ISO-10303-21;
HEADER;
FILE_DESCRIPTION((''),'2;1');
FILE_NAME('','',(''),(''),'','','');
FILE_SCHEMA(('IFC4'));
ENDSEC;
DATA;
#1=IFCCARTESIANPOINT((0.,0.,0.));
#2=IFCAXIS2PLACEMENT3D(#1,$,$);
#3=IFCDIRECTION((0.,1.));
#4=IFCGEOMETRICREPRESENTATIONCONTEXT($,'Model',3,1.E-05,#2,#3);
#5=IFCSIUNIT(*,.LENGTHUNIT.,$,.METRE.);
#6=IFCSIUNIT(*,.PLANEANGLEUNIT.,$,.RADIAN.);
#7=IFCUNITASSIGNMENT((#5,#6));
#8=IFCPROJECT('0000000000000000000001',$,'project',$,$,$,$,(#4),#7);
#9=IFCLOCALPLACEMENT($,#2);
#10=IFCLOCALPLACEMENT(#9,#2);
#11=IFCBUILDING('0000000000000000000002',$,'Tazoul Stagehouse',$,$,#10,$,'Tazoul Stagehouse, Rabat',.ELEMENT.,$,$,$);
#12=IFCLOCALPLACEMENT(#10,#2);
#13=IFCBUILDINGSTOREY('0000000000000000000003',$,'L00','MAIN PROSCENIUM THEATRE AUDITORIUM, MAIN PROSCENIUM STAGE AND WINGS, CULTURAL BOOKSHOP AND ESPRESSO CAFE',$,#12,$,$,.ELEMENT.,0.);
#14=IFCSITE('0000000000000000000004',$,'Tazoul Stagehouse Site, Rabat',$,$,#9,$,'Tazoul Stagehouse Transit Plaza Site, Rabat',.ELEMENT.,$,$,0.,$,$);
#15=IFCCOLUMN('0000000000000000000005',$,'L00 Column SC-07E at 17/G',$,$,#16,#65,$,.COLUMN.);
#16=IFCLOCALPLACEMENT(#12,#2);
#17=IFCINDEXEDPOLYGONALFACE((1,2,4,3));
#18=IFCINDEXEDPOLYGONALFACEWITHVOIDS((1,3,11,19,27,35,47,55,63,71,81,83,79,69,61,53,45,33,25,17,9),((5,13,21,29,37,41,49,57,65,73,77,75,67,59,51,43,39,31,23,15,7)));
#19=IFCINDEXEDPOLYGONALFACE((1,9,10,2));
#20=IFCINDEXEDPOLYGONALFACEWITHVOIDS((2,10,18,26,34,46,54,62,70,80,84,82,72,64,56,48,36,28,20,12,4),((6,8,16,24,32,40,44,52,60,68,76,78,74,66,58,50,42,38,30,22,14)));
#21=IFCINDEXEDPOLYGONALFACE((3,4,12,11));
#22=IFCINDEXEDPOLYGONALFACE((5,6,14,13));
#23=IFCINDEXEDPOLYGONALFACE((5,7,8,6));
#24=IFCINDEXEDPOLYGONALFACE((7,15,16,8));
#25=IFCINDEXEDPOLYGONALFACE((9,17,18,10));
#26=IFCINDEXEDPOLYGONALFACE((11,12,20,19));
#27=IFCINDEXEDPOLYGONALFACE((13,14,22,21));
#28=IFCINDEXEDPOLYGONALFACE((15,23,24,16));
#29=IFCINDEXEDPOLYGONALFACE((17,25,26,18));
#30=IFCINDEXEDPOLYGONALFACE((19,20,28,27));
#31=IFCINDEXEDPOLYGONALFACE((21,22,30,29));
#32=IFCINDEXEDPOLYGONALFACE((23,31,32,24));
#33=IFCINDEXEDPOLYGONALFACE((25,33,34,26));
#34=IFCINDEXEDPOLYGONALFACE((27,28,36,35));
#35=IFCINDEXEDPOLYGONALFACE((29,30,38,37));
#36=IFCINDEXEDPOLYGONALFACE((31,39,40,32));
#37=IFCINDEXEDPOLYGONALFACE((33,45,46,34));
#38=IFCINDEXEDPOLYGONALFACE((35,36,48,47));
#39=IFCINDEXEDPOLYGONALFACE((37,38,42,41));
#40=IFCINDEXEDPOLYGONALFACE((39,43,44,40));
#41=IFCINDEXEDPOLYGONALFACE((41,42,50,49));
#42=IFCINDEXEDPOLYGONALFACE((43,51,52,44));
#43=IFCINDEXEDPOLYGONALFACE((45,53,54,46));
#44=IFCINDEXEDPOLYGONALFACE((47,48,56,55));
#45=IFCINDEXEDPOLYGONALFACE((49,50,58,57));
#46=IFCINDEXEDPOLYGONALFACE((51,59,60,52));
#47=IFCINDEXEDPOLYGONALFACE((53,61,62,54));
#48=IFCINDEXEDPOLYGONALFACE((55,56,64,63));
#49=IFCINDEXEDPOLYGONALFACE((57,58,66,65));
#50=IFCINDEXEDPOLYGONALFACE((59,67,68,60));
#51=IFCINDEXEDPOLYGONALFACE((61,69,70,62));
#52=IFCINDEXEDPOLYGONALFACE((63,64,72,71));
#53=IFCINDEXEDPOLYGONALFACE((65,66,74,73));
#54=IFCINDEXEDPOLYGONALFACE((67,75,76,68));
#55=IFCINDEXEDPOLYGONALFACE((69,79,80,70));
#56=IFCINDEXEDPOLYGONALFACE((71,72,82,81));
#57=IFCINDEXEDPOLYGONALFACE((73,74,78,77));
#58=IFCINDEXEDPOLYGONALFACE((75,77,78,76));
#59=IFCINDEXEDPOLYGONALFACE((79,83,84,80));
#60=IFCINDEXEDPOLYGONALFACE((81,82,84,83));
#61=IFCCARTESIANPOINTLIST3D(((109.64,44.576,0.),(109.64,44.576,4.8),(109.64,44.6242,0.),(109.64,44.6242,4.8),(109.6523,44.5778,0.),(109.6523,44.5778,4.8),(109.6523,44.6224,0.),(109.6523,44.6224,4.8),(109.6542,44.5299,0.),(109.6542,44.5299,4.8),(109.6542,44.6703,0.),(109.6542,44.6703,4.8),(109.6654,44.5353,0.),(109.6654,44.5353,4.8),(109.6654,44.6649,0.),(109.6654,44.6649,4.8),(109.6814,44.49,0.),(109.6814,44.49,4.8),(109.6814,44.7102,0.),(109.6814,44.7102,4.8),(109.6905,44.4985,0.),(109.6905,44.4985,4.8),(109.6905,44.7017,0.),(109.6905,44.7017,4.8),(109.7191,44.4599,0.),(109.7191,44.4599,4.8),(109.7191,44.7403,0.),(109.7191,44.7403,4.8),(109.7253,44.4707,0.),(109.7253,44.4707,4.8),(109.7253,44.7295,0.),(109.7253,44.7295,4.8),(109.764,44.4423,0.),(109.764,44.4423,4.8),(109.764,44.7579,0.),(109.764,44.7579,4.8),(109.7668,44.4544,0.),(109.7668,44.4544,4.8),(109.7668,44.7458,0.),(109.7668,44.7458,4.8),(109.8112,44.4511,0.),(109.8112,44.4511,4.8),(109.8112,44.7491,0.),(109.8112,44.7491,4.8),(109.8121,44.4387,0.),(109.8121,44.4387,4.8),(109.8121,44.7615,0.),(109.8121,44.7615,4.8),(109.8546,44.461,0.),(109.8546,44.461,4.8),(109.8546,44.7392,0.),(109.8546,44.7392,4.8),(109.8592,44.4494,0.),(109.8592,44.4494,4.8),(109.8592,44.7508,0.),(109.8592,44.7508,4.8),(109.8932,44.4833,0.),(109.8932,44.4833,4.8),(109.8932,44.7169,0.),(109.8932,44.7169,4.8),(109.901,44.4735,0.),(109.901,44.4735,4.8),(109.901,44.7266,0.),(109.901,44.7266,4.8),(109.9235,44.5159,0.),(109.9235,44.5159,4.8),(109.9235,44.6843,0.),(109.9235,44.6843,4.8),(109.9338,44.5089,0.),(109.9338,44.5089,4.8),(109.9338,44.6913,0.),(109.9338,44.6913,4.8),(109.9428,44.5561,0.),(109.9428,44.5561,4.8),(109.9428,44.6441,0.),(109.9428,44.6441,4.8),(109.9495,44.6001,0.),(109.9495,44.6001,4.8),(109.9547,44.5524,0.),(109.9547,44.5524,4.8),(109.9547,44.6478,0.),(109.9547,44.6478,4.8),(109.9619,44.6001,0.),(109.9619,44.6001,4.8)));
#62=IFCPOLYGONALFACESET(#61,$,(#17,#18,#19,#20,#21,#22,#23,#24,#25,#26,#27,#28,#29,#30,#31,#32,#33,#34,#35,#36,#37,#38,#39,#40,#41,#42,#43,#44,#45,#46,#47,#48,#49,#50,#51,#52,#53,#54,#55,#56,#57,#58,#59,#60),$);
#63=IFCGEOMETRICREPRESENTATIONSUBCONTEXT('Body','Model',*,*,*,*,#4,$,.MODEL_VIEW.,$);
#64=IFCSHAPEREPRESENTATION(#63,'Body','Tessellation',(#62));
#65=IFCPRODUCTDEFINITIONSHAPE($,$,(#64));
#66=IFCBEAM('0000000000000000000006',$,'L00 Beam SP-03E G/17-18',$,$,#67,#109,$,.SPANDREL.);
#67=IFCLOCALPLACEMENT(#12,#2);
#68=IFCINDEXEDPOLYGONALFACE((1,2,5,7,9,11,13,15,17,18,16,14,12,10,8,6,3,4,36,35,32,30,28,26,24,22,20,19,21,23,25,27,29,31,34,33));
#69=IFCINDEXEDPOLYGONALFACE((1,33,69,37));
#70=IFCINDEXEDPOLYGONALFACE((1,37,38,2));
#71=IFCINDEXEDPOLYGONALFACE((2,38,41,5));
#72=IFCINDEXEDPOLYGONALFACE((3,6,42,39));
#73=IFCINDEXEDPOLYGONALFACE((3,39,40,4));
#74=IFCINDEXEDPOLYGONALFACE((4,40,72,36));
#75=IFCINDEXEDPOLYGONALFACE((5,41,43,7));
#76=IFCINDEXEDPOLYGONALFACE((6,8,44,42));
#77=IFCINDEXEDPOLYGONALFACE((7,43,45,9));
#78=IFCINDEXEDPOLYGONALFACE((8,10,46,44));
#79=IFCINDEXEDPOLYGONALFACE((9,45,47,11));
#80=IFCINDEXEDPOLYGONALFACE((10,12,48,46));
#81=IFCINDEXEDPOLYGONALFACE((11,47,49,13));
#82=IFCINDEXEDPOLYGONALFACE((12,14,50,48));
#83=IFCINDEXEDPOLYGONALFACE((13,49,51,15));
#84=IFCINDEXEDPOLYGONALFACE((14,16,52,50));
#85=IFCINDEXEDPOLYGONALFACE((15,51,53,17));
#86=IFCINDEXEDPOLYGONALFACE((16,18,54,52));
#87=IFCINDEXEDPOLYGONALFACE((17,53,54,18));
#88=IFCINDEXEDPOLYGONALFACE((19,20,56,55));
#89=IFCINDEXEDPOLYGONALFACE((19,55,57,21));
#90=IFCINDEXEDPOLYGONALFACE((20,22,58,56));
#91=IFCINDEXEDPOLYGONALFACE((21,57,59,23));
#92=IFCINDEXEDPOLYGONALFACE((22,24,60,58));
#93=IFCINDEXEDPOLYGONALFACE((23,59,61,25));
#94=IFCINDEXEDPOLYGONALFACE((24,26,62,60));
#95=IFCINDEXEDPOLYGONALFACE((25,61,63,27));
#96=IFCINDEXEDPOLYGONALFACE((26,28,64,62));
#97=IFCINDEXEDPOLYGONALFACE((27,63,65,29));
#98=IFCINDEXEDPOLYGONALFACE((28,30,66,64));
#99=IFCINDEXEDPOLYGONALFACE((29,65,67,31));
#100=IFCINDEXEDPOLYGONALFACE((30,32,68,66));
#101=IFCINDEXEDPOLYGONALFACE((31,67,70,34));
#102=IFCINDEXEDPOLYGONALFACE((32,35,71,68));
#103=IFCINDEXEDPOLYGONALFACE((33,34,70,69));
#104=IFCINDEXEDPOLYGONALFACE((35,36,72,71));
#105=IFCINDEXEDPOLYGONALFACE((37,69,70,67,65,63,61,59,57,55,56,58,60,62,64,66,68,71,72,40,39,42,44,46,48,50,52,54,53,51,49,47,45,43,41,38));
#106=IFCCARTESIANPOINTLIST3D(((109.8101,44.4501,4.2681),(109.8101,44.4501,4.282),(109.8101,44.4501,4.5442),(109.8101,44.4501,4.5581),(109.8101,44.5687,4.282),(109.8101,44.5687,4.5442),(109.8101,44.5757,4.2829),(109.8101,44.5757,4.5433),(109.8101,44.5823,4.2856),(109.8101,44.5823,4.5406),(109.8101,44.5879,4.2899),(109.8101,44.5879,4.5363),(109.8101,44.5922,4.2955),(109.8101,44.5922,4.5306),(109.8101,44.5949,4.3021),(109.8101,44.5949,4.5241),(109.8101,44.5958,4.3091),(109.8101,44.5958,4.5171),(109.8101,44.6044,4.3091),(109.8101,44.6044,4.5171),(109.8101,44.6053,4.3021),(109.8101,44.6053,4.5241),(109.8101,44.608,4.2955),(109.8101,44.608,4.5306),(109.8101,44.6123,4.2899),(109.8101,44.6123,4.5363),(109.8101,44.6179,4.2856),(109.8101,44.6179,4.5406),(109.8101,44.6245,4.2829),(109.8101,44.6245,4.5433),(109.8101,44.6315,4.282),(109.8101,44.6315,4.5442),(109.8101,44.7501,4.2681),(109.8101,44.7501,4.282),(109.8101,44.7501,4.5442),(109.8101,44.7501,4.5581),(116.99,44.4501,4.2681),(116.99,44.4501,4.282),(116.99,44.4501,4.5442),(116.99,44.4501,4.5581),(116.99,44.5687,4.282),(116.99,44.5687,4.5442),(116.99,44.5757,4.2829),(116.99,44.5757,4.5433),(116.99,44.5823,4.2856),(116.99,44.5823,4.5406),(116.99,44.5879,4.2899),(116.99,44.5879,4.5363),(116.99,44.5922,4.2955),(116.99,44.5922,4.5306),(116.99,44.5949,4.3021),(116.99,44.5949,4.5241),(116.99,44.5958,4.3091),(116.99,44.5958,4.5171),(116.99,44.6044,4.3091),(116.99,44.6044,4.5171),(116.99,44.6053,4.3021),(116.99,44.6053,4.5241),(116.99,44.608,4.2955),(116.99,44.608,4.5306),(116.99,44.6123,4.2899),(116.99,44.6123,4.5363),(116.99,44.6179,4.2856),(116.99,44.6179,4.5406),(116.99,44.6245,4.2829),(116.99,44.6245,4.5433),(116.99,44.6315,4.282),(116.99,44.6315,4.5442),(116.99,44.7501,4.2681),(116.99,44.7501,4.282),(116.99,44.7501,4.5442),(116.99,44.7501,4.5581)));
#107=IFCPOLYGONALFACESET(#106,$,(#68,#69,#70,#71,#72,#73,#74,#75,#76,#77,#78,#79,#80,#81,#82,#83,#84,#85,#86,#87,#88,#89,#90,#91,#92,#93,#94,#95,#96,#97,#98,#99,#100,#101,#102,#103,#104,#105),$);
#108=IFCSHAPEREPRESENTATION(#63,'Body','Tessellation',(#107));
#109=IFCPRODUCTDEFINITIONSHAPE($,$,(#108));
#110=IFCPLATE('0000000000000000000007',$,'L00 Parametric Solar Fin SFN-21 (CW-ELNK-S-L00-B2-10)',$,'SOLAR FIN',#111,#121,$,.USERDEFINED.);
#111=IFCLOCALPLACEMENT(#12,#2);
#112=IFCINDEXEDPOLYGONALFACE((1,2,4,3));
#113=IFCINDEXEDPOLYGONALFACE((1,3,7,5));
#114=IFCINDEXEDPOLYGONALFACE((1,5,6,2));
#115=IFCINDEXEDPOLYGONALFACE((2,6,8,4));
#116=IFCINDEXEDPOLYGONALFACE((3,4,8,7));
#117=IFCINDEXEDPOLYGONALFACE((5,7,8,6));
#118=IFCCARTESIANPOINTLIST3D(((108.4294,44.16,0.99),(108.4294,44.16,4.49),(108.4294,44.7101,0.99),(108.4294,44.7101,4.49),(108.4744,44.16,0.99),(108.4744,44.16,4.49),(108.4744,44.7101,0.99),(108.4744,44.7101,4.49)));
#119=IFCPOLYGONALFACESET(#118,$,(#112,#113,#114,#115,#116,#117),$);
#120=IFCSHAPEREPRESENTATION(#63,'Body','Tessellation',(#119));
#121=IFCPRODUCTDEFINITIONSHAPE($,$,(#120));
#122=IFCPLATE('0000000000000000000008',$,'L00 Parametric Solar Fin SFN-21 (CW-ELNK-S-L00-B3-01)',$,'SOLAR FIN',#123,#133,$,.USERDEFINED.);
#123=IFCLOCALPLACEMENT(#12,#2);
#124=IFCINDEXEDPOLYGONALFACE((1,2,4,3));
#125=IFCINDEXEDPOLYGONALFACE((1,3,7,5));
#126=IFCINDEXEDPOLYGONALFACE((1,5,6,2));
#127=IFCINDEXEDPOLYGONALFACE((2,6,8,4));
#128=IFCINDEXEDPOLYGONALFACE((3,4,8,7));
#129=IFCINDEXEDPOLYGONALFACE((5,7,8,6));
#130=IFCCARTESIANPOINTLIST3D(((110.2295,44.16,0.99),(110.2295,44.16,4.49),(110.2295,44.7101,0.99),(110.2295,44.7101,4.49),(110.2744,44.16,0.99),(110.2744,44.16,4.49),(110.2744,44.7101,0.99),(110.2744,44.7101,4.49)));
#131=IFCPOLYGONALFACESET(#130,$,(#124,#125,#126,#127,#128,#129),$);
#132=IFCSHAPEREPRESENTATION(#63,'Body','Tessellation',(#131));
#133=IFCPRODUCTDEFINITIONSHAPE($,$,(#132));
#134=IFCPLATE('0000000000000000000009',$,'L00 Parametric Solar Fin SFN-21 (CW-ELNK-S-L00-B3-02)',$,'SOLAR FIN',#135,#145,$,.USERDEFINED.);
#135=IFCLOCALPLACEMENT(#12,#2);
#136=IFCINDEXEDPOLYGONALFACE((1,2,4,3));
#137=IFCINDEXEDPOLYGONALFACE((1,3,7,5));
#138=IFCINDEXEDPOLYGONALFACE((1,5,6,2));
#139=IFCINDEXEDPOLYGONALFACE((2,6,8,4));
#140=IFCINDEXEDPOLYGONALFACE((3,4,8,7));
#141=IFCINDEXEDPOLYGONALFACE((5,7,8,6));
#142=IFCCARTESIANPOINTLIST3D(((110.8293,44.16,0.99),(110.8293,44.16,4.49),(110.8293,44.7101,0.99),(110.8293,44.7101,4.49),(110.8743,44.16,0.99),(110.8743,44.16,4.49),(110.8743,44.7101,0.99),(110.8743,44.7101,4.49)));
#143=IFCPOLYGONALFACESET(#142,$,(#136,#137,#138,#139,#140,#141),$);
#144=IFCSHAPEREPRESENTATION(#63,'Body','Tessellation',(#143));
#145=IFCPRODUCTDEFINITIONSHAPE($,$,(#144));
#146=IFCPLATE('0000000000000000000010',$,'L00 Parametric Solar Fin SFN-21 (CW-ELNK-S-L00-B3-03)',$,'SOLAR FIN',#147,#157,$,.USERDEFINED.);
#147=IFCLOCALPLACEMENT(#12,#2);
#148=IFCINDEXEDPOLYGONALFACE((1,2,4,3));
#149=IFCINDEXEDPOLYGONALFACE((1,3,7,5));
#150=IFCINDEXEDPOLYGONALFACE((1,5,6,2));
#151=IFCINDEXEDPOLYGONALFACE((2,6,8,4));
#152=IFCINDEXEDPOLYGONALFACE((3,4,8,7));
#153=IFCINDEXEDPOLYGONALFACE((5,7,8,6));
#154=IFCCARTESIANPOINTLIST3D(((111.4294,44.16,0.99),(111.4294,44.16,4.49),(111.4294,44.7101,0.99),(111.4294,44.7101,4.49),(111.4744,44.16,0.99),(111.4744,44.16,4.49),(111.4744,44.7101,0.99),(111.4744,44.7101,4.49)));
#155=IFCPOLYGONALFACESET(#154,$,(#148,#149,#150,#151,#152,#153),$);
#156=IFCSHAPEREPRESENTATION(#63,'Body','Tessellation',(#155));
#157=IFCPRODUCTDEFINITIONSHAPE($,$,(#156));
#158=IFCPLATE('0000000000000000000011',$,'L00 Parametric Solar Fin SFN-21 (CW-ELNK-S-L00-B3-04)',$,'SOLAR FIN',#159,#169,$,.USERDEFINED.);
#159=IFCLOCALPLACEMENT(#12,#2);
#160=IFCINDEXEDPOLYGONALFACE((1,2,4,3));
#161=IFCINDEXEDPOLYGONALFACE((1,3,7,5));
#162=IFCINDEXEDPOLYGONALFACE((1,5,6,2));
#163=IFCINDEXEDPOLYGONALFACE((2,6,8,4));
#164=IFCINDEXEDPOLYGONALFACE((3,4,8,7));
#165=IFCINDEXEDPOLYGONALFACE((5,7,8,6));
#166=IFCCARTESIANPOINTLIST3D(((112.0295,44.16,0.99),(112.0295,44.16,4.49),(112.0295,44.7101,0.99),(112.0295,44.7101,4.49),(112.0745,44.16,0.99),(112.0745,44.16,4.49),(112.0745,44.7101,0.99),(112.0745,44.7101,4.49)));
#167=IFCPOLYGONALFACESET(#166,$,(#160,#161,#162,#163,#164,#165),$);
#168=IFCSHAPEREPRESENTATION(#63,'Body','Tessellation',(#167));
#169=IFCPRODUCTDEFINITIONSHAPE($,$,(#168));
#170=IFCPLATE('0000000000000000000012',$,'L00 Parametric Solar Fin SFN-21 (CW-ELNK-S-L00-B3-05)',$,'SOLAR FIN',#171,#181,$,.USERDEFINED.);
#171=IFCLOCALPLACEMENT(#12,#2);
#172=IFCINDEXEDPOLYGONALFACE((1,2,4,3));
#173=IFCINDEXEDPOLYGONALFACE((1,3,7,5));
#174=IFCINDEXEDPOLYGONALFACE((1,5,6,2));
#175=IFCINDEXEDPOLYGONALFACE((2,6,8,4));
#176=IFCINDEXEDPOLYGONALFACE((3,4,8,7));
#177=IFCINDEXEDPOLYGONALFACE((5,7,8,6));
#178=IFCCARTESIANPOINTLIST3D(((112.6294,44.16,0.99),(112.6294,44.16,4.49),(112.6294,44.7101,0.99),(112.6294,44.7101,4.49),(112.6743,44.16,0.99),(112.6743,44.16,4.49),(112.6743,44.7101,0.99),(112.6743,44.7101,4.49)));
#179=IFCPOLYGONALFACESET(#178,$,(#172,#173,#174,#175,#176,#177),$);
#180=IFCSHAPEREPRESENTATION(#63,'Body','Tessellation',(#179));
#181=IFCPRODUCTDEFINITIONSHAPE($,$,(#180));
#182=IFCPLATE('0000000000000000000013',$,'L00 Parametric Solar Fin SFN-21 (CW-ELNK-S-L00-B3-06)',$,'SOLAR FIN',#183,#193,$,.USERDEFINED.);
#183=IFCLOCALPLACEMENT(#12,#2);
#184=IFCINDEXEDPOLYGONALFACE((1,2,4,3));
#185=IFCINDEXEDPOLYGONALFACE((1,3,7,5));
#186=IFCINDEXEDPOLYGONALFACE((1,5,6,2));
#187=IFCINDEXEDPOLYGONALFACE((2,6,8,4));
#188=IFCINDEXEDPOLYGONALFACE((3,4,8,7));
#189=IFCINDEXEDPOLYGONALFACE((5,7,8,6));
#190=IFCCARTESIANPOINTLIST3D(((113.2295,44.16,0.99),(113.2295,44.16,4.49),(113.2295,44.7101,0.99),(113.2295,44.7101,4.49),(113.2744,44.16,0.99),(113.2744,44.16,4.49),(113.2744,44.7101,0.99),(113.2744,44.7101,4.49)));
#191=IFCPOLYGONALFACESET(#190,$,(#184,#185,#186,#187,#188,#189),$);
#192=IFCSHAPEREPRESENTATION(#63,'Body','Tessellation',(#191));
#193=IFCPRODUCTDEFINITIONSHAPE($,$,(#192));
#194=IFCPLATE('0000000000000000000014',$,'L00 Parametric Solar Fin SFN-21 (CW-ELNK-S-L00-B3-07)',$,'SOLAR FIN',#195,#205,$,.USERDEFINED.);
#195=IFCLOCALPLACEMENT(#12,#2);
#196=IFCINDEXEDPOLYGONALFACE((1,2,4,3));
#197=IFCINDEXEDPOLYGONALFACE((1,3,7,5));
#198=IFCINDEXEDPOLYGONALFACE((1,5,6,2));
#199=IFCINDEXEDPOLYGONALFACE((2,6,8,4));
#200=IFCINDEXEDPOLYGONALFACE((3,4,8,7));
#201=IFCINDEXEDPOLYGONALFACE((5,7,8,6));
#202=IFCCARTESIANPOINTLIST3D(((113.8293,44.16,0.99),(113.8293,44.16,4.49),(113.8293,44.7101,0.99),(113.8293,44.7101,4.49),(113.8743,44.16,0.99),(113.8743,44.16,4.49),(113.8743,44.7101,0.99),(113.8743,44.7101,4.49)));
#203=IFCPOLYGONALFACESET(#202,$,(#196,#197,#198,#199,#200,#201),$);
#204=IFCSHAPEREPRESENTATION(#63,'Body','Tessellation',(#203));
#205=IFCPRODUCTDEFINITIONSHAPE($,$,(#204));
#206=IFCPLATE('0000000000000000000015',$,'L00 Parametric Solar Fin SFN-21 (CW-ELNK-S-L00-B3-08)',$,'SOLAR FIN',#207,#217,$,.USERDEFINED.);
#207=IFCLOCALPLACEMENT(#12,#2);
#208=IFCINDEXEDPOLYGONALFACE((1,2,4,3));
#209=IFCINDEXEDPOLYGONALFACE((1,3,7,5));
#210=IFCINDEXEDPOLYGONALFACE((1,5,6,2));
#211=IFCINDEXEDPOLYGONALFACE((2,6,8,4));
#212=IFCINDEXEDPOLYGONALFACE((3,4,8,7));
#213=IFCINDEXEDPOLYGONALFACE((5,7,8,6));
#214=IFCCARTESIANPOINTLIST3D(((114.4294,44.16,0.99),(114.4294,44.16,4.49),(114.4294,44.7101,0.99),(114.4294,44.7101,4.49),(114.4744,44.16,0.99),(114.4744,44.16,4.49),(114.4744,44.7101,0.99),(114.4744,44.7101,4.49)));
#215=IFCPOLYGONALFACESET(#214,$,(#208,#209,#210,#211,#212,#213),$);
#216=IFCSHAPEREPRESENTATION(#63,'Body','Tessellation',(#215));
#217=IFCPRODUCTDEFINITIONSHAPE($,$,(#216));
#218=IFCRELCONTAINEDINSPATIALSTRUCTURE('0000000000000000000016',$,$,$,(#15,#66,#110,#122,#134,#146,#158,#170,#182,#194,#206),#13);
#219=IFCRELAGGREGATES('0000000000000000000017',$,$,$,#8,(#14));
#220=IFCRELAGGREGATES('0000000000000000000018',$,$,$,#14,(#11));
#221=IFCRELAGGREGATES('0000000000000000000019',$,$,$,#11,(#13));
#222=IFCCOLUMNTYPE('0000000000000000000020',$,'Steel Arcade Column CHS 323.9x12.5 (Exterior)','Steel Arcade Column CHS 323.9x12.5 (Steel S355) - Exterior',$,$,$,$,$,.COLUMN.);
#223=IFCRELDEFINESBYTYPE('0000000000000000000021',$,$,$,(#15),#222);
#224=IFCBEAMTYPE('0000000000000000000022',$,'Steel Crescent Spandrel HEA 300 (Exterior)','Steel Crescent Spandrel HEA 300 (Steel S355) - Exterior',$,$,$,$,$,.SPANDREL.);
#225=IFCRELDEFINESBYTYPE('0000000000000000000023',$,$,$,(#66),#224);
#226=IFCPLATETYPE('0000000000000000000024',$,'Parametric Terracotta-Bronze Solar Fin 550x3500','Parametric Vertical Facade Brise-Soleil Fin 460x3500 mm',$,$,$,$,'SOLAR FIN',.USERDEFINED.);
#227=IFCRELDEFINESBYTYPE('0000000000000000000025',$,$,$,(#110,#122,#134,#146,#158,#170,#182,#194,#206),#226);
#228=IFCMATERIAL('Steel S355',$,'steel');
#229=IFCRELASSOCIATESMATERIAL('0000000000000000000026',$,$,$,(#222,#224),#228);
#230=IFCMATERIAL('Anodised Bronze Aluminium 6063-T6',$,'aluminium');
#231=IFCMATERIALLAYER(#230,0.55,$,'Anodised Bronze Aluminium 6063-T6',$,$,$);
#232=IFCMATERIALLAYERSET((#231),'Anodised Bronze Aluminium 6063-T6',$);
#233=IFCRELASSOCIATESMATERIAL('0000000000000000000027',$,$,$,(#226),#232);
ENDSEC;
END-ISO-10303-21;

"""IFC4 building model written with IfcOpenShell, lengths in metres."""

from ifc_helpers import new_model, si_unit, direction, frame, origin, origin_2d, place, context, subcontext, project, spatial, rectangle, hollow_circle, i_section, extrude, material, layer, layer_set, material_profile, profile_set, type_object, element, save


model = new_model("IFC4")

# Units and contexts
model_context = context("Model", 3, precision=1e-05, world=origin(), true_north=direction((0.0, 1.0)))
body_context = subcontext(model_context, "Body", "Model", "MODEL_VIEW")
ifc_project = project(units=[si_unit("LENGTHUNIT", "METRE"), si_unit("PLANEANGLEUNIT", "RADIAN")], contexts=[model_context])

# Site, building, storey
site_placement = place(None, origin())
site = spatial("IfcSite", under=ifc_project, at=site_placement, Name="Tazoul Stagehouse Site, Rabat", LongName="Tazoul Stagehouse Transit Plaza Site, Rabat", CompositionType="ELEMENT", RefElevation=0.0)
building_placement = place(site_placement, origin())
building = spatial("IfcBuilding", under=site, at=building_placement, Name="Tazoul Stagehouse", LongName="Tazoul Stagehouse, Rabat", CompositionType="ELEMENT")
storey_placement = place(building_placement, origin())
storey = spatial("IfcBuildingStorey", under=building, at=storey_placement, Name="L00", Description="MAIN PROSCENIUM THEATRE AUDITORIUM, MAIN PROSCENIUM STAGE AND WINGS, CULTURAL BOOKSHOP AND ESPRESSO CAFE", CompositionType="ELEMENT", Elevation=0.0)

# Column
ifc_material_1 = material(Name="Steel S355", Category="steel")
ifc_material_profile_1 = material_profile(ifc_material_1, hollow_circle(Radius=0.1619, WallThickness=0.0125, at=origin_2d()), Name="CHS 323.9x12.5")
ifc_profile_set_1 = profile_set([ifc_material_profile_1], Name="Steel S355")
column_type = type_object("IfcColumnType", Name="Steel Arcade Column CHS 323.9x12.5 (Exterior)", Description="Steel Arcade Column CHS 323.9x12.5 (Steel S355) - Exterior", PredefinedType="COLUMN", material=ifc_profile_set_1)
column_placement = place(storey_placement, frame((109.8, 44.6001, 0.0), z_axis=(0.0, 0.0, 1.0), x_axis=(1.0, 0.0, 0.0)))
element("IfcColumn", 1, at=column_placement, inside=storey, type_object=column_type, Name="L00 Column SC-07E at 17/G", PredefinedType="COLUMN", context=body_context, shape_type="SweptSolid", body=[
    extrude(hollow_circle(Radius=0.1619, WallThickness=0.0125, at=origin_2d()), origin(), (0.0, 0.0, 1.0), 4.8),
])

# Beam
ifc_material_profile_2 = material_profile(ifc_material_1, i_section(OverallWidth=0.3, OverallDepth=0.29, WebThickness=0.0085, FlangeThickness=0.0139, FilletRadius=0.0271, at=origin_2d()), Name="HEA 300")
ifc_profile_set_2 = profile_set([ifc_material_profile_2], Name="Steel S355")
beam_type = type_object("IfcBeamType", Name="Steel Crescent Spandrel HEA 300 (Exterior)", Description="Steel Crescent Spandrel HEA 300 (Steel S355) - Exterior", PredefinedType="SPANDREL", material=ifc_profile_set_2)
beam_placement = place(storey_placement, frame((109.8101, 44.6001, 4.4131), z_axis=(1.0, 0.0, 0.0), x_axis=(0.0, 1.0, 0.0)))
element("IfcBeam", 2, at=beam_placement, inside=storey, type_object=beam_type, Name="L00 Beam SP-03E G/17-18", PredefinedType="SPANDREL", context=body_context, shape_type="SweptSolid", body=[
    extrude(i_section(OverallWidth=0.3, OverallDepth=0.29, WebThickness=0.0085, FlangeThickness=0.0139, FilletRadius=0.0271, at=origin_2d()), origin(), (0.0, 0.0, 1.0), 7.1799),
])

# Plates
ifc_material_2 = material(Name="Anodised Bronze Aluminium 6063-T6", Category="aluminium")
ifc_layer_1 = layer(ifc_material_2, 0.55, Name="Anodised Bronze Aluminium 6063-T6")
ifc_layer_set_1 = layer_set([ifc_layer_1], Name="Anodised Bronze Aluminium 6063-T6")
plate_type = type_object("IfcPlateType", Name="Parametric Terracotta-Bronze Solar Fin 550x3500", Description="Parametric Vertical Facade Brise-Soleil Fin 460x3500 mm", ElementType="SOLAR FIN", PredefinedType="USERDEFINED", material=ifc_layer_set_1)
for number, where, z_axis, x_axis, name in (
    (3, (108.4519, 44.4351, 0.99), (0.0, 0.0, 1.0), (1.0, 0.0, 0.0), "L00 Parametric Solar Fin SFN-21 (CW-ELNK-S-L00-B2-10)"),
    (4, (110.252, 44.4351, 0.99), (0.0, 0.0, 1.0), (1.0, 0.0, 0.0), "L00 Parametric Solar Fin SFN-21 (CW-ELNK-S-L00-B3-01)"),
    (5, (110.8518, 44.4351, 0.99), (0.0, 0.0, 1.0), (1.0, 0.0, 0.0), "L00 Parametric Solar Fin SFN-21 (CW-ELNK-S-L00-B3-02)"),
    (6, (111.4519, 44.4351, 0.99), (0.0, 0.0, 1.0), (1.0, 0.0, 0.0), "L00 Parametric Solar Fin SFN-21 (CW-ELNK-S-L00-B3-03)"),
    (7, (112.052, 44.4351, 0.99), (0.0, 0.0, 1.0), (1.0, 0.0, 0.0), "L00 Parametric Solar Fin SFN-21 (CW-ELNK-S-L00-B3-04)"),
    (8, (112.6519, 44.4351, 0.99), (0.0, 0.0, 1.0), (1.0, 0.0, 0.0), "L00 Parametric Solar Fin SFN-21 (CW-ELNK-S-L00-B3-05)"),
    (9, (113.252, 44.4351, 0.99), (0.0, 0.0, 1.0), (1.0, 0.0, 0.0), "L00 Parametric Solar Fin SFN-21 (CW-ELNK-S-L00-B3-06)"),
    (10, (113.8518, 44.4351, 0.99), (0.0, 0.0, 1.0), (1.0, 0.0, 0.0), "L00 Parametric Solar Fin SFN-21 (CW-ELNK-S-L00-B3-07)"),
    (11, (114.4519, 44.4351, 0.99), (0.0, 0.0, 1.0), (1.0, 0.0, 0.0), "L00 Parametric Solar Fin SFN-21 (CW-ELNK-S-L00-B3-08)"),
):
    element("IfcPlate", number, at=place(storey_placement, frame(where, z_axis=z_axis, x_axis=x_axis)), inside=storey, type_object=plate_type, Name=name, ObjectType="SOLAR FIN", PredefinedType="USERDEFINED", context=body_context, shape_type="SweptSolid", body=[
        extrude(rectangle(XDim=0.0449, YDim=0.55, at=origin_2d()), origin(), (0.0, 0.0, 1.0), 3.5),
    ])

save(model, "model.ifc")
